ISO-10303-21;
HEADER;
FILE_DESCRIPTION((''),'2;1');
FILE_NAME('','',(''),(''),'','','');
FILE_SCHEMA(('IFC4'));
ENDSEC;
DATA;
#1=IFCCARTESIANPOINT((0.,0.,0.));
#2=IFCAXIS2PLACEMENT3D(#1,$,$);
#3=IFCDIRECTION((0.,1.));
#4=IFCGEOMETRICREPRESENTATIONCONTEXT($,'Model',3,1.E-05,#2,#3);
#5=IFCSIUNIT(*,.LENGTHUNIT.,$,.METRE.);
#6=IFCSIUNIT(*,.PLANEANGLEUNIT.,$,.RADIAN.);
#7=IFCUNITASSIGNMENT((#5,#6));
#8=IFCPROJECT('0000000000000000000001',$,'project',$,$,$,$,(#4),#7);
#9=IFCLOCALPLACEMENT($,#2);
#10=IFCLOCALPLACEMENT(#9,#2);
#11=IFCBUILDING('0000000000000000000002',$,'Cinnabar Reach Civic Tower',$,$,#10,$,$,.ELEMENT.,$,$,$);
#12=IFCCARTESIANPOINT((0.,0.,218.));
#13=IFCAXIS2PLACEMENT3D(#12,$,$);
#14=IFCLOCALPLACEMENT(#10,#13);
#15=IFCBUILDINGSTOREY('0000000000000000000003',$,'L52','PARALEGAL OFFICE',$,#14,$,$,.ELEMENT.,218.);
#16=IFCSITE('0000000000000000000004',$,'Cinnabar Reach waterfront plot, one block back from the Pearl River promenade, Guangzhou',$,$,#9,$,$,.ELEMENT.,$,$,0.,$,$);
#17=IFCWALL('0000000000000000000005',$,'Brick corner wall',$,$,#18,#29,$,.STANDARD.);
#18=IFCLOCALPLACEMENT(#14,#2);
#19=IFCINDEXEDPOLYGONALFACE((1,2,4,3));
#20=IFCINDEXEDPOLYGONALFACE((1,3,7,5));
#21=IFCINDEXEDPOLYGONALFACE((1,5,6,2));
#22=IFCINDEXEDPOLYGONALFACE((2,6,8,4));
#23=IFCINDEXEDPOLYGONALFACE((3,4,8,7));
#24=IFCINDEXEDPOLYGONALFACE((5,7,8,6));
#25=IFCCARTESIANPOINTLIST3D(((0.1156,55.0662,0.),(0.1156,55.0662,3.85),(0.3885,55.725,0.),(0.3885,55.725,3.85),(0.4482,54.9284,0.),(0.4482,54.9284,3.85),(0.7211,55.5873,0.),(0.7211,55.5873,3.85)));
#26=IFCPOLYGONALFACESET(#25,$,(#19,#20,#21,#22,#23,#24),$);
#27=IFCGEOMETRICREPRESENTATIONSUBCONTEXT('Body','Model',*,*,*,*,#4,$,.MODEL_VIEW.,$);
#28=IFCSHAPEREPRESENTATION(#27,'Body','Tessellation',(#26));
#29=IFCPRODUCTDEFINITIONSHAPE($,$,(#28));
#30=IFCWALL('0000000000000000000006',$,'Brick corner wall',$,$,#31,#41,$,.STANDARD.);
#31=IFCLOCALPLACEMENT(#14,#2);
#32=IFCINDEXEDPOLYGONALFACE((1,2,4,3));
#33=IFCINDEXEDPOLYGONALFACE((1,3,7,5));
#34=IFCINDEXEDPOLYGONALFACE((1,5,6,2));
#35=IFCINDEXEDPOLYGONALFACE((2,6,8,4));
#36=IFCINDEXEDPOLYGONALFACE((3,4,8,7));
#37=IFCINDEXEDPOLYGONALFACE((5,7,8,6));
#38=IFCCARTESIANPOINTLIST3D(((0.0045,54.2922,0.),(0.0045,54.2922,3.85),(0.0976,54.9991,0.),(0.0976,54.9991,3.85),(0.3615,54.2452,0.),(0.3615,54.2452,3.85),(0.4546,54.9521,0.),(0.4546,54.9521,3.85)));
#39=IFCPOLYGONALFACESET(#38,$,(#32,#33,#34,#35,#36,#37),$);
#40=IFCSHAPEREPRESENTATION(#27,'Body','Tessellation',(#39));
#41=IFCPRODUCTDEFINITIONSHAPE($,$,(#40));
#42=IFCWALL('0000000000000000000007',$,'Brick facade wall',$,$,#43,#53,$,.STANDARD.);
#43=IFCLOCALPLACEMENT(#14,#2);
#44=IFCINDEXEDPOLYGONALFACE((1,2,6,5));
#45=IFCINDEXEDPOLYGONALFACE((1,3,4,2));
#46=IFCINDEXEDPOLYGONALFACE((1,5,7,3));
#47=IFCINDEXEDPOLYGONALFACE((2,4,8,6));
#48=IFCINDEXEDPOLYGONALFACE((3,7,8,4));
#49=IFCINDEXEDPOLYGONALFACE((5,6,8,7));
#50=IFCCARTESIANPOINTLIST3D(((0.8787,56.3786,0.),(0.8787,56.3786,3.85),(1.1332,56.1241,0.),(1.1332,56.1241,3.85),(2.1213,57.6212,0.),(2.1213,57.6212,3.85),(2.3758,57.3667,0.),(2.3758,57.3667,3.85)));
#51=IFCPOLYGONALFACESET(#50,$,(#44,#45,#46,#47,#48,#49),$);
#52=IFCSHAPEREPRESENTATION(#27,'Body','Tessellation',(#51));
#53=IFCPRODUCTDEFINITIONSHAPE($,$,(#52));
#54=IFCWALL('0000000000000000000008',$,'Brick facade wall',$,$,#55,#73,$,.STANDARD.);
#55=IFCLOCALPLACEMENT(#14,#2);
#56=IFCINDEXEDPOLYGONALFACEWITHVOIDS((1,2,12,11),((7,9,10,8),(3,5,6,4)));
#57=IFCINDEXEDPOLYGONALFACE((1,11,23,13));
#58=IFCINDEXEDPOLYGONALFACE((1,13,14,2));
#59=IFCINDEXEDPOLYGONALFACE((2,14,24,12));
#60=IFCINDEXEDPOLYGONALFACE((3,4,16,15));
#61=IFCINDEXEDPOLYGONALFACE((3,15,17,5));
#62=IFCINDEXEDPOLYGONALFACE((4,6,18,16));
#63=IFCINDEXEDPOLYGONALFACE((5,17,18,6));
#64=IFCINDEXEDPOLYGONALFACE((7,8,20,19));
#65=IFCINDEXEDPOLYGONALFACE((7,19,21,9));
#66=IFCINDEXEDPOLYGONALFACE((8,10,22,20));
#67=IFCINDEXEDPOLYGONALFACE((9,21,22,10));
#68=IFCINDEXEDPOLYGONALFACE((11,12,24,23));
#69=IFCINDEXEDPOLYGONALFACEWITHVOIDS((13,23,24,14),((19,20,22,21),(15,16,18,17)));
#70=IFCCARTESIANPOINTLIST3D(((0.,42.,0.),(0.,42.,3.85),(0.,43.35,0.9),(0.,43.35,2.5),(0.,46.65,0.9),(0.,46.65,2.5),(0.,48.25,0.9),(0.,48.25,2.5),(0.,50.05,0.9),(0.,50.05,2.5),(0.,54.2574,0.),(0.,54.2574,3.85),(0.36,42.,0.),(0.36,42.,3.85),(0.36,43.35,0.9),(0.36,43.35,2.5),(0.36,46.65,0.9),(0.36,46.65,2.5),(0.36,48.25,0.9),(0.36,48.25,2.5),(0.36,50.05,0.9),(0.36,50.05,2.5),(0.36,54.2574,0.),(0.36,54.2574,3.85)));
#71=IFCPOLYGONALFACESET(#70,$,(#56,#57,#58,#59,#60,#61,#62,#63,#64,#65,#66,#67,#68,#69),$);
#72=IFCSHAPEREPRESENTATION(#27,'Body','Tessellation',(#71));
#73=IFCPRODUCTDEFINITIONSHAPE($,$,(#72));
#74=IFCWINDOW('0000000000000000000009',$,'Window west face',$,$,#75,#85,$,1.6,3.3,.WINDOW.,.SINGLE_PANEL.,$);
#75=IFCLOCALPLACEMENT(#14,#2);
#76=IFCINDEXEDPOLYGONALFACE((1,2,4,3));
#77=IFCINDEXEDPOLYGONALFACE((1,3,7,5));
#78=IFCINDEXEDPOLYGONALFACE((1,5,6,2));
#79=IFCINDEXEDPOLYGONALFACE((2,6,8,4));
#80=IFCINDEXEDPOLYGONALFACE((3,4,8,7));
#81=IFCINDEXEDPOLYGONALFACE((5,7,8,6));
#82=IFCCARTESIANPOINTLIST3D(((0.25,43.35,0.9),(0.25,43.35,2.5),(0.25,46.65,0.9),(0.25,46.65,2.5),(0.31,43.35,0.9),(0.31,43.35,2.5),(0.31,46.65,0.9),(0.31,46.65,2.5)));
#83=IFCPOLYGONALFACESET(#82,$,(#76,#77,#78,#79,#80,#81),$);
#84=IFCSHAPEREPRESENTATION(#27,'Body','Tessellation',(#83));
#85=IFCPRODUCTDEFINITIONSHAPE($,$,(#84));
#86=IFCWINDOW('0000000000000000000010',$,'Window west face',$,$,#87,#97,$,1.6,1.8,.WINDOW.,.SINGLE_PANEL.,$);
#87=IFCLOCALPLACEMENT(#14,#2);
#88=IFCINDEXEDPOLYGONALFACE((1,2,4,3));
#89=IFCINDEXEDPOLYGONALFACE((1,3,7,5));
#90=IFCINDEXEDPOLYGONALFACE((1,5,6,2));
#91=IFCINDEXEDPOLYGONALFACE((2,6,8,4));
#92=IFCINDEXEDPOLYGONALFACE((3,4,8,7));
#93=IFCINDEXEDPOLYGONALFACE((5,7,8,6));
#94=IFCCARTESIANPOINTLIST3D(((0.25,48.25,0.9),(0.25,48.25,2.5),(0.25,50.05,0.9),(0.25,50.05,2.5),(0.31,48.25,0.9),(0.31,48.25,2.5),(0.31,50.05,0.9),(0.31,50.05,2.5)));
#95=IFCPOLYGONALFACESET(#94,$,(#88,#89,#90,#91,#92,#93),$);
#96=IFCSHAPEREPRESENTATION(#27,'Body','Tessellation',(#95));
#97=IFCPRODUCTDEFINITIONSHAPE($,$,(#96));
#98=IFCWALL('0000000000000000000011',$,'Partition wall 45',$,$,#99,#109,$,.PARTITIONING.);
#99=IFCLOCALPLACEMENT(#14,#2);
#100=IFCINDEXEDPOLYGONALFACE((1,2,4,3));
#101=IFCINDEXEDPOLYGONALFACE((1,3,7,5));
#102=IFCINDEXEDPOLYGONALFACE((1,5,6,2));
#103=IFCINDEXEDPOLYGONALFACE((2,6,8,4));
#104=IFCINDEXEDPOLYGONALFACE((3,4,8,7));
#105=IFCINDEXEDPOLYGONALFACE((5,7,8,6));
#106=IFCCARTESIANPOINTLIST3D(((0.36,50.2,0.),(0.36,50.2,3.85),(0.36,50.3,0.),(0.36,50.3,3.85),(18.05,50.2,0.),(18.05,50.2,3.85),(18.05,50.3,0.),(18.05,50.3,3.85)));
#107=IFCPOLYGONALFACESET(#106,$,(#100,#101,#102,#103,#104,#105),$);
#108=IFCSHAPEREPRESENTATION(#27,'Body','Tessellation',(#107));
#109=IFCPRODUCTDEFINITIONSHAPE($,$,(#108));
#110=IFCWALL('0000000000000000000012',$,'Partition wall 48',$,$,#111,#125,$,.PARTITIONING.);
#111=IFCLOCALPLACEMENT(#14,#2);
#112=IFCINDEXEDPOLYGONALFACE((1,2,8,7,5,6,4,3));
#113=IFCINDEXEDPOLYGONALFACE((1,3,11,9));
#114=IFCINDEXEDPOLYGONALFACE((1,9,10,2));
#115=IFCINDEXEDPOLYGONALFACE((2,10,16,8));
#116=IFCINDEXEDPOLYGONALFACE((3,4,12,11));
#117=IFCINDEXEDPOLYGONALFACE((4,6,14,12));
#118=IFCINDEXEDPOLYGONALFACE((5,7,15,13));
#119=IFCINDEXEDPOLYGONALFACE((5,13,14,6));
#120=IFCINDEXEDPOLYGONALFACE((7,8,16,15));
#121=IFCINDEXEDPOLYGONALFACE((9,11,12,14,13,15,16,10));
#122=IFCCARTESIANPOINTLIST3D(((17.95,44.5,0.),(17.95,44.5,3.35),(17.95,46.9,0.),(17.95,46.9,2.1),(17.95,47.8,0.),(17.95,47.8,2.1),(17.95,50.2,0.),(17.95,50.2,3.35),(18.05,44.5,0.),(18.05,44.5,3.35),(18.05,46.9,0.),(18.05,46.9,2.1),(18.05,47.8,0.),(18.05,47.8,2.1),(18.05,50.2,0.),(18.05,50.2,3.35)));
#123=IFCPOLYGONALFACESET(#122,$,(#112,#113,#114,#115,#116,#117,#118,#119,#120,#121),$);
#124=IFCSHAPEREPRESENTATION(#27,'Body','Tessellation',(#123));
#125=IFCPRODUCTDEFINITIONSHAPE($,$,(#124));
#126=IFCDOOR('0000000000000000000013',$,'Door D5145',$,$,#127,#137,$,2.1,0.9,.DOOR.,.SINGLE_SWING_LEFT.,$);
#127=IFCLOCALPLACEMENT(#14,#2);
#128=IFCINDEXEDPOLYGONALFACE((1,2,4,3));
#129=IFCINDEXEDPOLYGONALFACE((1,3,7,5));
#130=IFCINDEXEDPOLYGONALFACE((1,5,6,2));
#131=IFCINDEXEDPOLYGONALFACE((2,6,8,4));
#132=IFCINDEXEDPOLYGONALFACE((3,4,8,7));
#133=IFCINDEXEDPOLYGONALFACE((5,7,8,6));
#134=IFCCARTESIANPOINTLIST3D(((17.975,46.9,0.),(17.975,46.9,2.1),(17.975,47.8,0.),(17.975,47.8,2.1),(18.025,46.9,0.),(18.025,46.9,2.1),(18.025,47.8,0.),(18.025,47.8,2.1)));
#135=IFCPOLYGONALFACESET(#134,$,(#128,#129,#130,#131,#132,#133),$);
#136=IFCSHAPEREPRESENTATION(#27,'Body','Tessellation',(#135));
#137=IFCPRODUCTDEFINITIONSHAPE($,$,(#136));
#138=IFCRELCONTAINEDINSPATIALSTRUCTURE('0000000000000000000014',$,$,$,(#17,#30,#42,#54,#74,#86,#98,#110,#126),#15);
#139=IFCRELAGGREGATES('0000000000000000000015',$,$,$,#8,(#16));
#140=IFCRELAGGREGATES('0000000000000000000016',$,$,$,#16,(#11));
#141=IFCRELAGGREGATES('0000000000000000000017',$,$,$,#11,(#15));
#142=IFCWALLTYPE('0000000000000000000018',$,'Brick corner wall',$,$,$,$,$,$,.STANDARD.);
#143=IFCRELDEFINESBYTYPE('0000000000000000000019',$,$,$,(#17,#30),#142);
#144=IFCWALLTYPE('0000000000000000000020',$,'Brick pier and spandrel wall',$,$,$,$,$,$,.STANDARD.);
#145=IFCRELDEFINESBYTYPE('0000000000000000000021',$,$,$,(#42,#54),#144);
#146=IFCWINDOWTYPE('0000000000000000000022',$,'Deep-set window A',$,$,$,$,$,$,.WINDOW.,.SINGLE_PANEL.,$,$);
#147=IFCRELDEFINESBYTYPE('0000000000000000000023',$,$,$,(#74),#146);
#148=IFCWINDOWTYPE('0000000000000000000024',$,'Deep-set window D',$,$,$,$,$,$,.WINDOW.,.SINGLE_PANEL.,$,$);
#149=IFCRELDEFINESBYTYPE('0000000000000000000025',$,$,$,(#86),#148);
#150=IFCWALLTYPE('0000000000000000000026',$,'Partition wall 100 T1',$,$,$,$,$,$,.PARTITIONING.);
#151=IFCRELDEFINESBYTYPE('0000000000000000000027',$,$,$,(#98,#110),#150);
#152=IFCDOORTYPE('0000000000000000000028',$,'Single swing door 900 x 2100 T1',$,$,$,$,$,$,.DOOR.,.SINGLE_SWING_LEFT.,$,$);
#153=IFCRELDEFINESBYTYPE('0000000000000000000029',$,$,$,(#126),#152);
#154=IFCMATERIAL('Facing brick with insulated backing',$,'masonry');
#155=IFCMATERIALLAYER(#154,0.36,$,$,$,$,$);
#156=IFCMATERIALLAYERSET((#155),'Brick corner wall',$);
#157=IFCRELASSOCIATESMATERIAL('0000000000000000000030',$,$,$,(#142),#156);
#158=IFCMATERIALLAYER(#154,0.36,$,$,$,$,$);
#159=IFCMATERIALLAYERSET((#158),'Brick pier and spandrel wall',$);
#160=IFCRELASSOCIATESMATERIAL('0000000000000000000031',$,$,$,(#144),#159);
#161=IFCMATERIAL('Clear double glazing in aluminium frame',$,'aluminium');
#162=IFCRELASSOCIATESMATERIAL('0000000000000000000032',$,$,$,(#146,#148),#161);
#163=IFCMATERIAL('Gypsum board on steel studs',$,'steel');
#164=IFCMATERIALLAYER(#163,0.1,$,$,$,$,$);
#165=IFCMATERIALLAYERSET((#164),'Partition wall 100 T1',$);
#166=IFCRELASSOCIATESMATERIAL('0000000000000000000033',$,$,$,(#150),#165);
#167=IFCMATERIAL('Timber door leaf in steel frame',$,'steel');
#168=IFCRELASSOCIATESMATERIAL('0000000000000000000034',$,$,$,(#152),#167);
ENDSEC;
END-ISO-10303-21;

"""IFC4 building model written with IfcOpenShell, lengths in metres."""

from ifc_helpers import new_model, si_unit, direction, frame, frame_2d, origin, place, context, subcontext, project, spatial, rectangle, extrude, material, layer, layer_set, type_object, element, fill, save


model = new_model("IFC4")

# Units and contexts
model_context = context("Model", 3, precision=1e-05, world=origin(), true_north=direction((0.0, 1.0)))
body_context = subcontext(model_context, "Body", "Model", "MODEL_VIEW")
ifc_project = project(units=[si_unit("LENGTHUNIT", "METRE"), si_unit("PLANEANGLEUNIT", "RADIAN")], contexts=[model_context])

# Site, building, storey
site_placement = place(None, origin())
site = spatial("IfcSite", under=ifc_project, at=site_placement, Name="Cinnabar Reach waterfront plot, one block back from the Pearl River promenade, Guangzhou", CompositionType="ELEMENT", RefElevation=0.0)
building_placement = place(site_placement, origin())
building = spatial("IfcBuilding", under=site, at=building_placement, Name="Cinnabar Reach Civic Tower", CompositionType="ELEMENT")
storey_placement = place(building_placement, frame((0.0, 0.0, 218.0)))
storey = spatial("IfcBuildingStorey", under=building, at=storey_placement, Name="L52", Description="PARALEGAL OFFICE", CompositionType="ELEMENT", Elevation=218.0)

# Walls
ifc_material_1 = material(Name="Facing brick with insulated backing", Category="masonry")
ifc_layer_1 = layer(ifc_material_1, 0.36)
ifc_layer_set_1 = layer_set([ifc_layer_1], Name="Brick corner wall")
wall_type_1 = type_object("IfcWallType", Name="Brick corner wall", PredefinedType="STANDARD", material=ifc_layer_set_1)
for number, where, z_axis, x_axis, name in (
    (1, (0.5548, 55.6561, 0.0), (0.0, 0.0, 1.0), (-0.382703, -0.923872, 0.0), "Brick corner wall"),
    (2, (0.2761, 54.9756, 0.0), (0.0, 0.0, 1.0), (-0.130556, -0.991441, 0.0), "Brick corner wall"),
):
    element("IfcWall", number, at=place(storey_placement, frame(where, z_axis=z_axis, x_axis=x_axis)), inside=storey, type_object=wall_type_1, Name=name, PredefinedType="STANDARD", context=body_context, shape_type="SweptSolid", body=[
        extrude(rectangle(XDim=0.7131, YDim=0.36, at=frame_2d((0.3565, 0.0))), origin(), (0.0, 0.0, 1.0), 3.85),
    ])
ifc_layer_2 = layer(ifc_material_1, 0.36)
ifc_layer_set_2 = layer_set([ifc_layer_2], Name="Brick pier and spandrel wall")
wall_type_2 = type_object("IfcWallType", Name="Brick pier and spandrel wall", PredefinedType="STANDARD", material=ifc_layer_set_2)
wall_1_placement = place(storey_placement, frame((2.2486, 57.494, 0.0), z_axis=(0.0, 0.0, 1.0), x_axis=(-0.707107, -0.707107, 0.0)))
element("IfcWall", 3, at=wall_1_placement, inside=storey, type_object=wall_type_2, Name="Brick facade wall", PredefinedType="STANDARD", context=body_context, shape_type="SweptSolid", body=[
    extrude(rectangle(XDim=1.7573, YDim=0.36, at=frame_2d((0.8787, 0.0))), origin(), (0.0, 0.0, 1.0), 3.85),
])

# Wall, openings, windows
wall_2_placement = place(storey_placement, frame((0.18, 54.2574, 0.0), z_axis=(0.0, 0.0, 1.0), x_axis=(0.0, -1.0, 0.0)))
wall_2 = element("IfcWall", 4, at=wall_2_placement, inside=storey, type_object=wall_type_2, Name="Brick facade wall", PredefinedType="STANDARD", context=body_context, shape_type="SweptSolid", body=[
    extrude(rectangle(XDim=12.2574, YDim=0.36, at=frame_2d((6.1287, 0.0))), origin(), (0.0, 0.0, 1.0), 3.85),
])
opening_1_placement = place(wall_2_placement, frame((4.2074, 0.0, 0.9)))
opening_1 = element("IfcOpeningElement", 5, at=opening_1_placement, cuts=wall_2, PredefinedType="OPENING", context=body_context, shape_type="SweptSolid", body=[
    extrude(rectangle(XDim=1.8, YDim=1.6, at=frame_2d((0.9, 0.8))), frame((0.0, 0.19, 0.0), z_axis=(0.0, -1.0, 0.0), x_axis=(1.0, 0.0, 0.0)), (0.0, 0.0, 1.0), 0.38),
])
opening_2_placement = place(wall_2_placement, frame((7.6074, 0.0, 0.9)))
opening_2 = element("IfcOpeningElement", 6, at=opening_2_placement, cuts=wall_2, PredefinedType="OPENING", context=body_context, shape_type="SweptSolid", body=[
    extrude(rectangle(XDim=3.3, YDim=1.6, at=frame_2d((1.65, 0.8))), frame((0.0, 0.19, 0.0), z_axis=(0.0, -1.0, 0.0), x_axis=(1.0, 0.0, 0.0)), (0.0, 0.0, 1.0), 0.38),
])
ifc_material_2 = material(Name="Clear double glazing in aluminium frame", Category="aluminium")
window_type_1 = type_object("IfcWindowType", Name="Deep-set window A", PartitioningType="SINGLE_PANEL", PredefinedType="WINDOW", material=ifc_material_2)
window_1_placement = place(opening_2_placement, origin())
window_1 = element("IfcWindow", 7, at=window_1_placement, inside=storey, type_object=window_type_1, Name="Window west face", OverallHeight=1.6, OverallWidth=3.3, PartitioningType="SINGLE_PANEL", PredefinedType="WINDOW", context=body_context, shape_type="SweptSolid", body=[
    extrude(rectangle(XDim=3.3, YDim=1.6, at=frame_2d((1.65, 0.8))), frame((0.0, 0.13, 0.0), z_axis=(0.0, -1.0, 0.0), x_axis=(1.0, 0.0, 0.0)), (0.0, 0.0, 1.0), 0.06),
])
fill(opening_2, window_1)
window_type_2 = type_object("IfcWindowType", Name="Deep-set window D", PartitioningType="SINGLE_PANEL", PredefinedType="WINDOW", material=ifc_material_2)
window_2_placement = place(opening_1_placement, origin())
window_2 = element("IfcWindow", 8, at=window_2_placement, inside=storey, type_object=window_type_2, Name="Window west face", OverallHeight=1.6, OverallWidth=1.8, PartitioningType="SINGLE_PANEL", PredefinedType="WINDOW", context=body_context, shape_type="SweptSolid", body=[
    extrude(rectangle(XDim=1.8, YDim=1.6, at=frame_2d((0.9, 0.8))), frame((0.0, 0.13, 0.0), z_axis=(0.0, -1.0, 0.0), x_axis=(1.0, 0.0, 0.0)), (0.0, 0.0, 1.0), 0.06),
])
fill(opening_1, window_2)

# Wall
ifc_material_3 = material(Name="Gypsum board on steel studs", Category="steel")
ifc_layer_3 = layer(ifc_material_3, 0.1)
ifc_layer_set_3 = layer_set([ifc_layer_3], Name="Partition wall 100 T1")
wall_type_3 = type_object("IfcWallType", Name="Partition wall 100 T1", PredefinedType="PARTITIONING", material=ifc_layer_set_3)
wall_3_placement = place(storey_placement, frame((0.36, 50.25, 0.0), z_axis=(0.0, 0.0, 1.0), x_axis=(1.0, 0.0, 0.0)))
element("IfcWall", 9, at=wall_3_placement, inside=storey, type_object=wall_type_3, Name="Partition wall 45", PredefinedType="PARTITIONING", context=body_context, shape_type="SweptSolid", body=[
    extrude(rectangle(XDim=17.69, YDim=0.1, at=frame_2d((8.845, 0.0))), origin(), (0.0, 0.0, 1.0), 3.85),
])

# Wall, opening, door
wall_4_placement = place(storey_placement, frame((18.0, 44.5, 0.0), z_axis=(0.0, 0.0, 1.0), x_axis=(0.0, 1.0, 0.0)))
wall_4 = element("IfcWall", 10, at=wall_4_placement, inside=storey, type_object=wall_type_3, Name="Partition wall 48", PredefinedType="PARTITIONING", context=body_context, shape_type="SweptSolid", body=[
    extrude(rectangle(XDim=5.7, YDim=0.1, at=frame_2d((2.85, 0.0))), origin(), (0.0, 0.0, 1.0), 3.35),
])
opening_3_placement = place(wall_4_placement, frame((2.4, 0.0, 0.0)))
opening_3 = element("IfcOpeningElement", 11, at=opening_3_placement, cuts=wall_4, PredefinedType="OPENING", context=body_context, shape_type="SweptSolid", body=[
    extrude(rectangle(XDim=0.9, YDim=2.1, at=frame_2d((0.45, 1.05))), frame((0.0, 0.06, 0.0), z_axis=(0.0, -1.0, 0.0), x_axis=(1.0, 0.0, 0.0)), (0.0, 0.0, 1.0), 0.12),
])
ifc_material_4 = material(Name="Timber door leaf in steel frame", Category="steel")
door_type = type_object("IfcDoorType", Name="Single swing door 900 x 2100 T1", OperationType="SINGLE_SWING_LEFT", PredefinedType="DOOR", material=ifc_material_4)
door_placement = place(opening_3_placement, frame((0.9, 0.0, 0.0), z_axis=(0.0, 0.0, 1.0), x_axis=(-1.0, 0.0, 0.0)))
door = element("IfcDoor", 12, at=door_placement, inside=storey, type_object=door_type, Name="Door D5145", OperationType="SINGLE_SWING_LEFT", OverallHeight=2.1, OverallWidth=0.9, PredefinedType="DOOR", context=body_context, shape_type="SweptSolid", body=[
    extrude(rectangle(XDim=0.9, YDim=2.1, at=frame_2d((0.45, 1.05))), frame((0.0, 0.025, 0.0), z_axis=(0.0, -1.0, 0.0), x_axis=(1.0, 0.0, 0.0)), (0.0, 0.0, 1.0), 0.05),
])
fill(opening_3, door)

save(model, "model.ifc")
